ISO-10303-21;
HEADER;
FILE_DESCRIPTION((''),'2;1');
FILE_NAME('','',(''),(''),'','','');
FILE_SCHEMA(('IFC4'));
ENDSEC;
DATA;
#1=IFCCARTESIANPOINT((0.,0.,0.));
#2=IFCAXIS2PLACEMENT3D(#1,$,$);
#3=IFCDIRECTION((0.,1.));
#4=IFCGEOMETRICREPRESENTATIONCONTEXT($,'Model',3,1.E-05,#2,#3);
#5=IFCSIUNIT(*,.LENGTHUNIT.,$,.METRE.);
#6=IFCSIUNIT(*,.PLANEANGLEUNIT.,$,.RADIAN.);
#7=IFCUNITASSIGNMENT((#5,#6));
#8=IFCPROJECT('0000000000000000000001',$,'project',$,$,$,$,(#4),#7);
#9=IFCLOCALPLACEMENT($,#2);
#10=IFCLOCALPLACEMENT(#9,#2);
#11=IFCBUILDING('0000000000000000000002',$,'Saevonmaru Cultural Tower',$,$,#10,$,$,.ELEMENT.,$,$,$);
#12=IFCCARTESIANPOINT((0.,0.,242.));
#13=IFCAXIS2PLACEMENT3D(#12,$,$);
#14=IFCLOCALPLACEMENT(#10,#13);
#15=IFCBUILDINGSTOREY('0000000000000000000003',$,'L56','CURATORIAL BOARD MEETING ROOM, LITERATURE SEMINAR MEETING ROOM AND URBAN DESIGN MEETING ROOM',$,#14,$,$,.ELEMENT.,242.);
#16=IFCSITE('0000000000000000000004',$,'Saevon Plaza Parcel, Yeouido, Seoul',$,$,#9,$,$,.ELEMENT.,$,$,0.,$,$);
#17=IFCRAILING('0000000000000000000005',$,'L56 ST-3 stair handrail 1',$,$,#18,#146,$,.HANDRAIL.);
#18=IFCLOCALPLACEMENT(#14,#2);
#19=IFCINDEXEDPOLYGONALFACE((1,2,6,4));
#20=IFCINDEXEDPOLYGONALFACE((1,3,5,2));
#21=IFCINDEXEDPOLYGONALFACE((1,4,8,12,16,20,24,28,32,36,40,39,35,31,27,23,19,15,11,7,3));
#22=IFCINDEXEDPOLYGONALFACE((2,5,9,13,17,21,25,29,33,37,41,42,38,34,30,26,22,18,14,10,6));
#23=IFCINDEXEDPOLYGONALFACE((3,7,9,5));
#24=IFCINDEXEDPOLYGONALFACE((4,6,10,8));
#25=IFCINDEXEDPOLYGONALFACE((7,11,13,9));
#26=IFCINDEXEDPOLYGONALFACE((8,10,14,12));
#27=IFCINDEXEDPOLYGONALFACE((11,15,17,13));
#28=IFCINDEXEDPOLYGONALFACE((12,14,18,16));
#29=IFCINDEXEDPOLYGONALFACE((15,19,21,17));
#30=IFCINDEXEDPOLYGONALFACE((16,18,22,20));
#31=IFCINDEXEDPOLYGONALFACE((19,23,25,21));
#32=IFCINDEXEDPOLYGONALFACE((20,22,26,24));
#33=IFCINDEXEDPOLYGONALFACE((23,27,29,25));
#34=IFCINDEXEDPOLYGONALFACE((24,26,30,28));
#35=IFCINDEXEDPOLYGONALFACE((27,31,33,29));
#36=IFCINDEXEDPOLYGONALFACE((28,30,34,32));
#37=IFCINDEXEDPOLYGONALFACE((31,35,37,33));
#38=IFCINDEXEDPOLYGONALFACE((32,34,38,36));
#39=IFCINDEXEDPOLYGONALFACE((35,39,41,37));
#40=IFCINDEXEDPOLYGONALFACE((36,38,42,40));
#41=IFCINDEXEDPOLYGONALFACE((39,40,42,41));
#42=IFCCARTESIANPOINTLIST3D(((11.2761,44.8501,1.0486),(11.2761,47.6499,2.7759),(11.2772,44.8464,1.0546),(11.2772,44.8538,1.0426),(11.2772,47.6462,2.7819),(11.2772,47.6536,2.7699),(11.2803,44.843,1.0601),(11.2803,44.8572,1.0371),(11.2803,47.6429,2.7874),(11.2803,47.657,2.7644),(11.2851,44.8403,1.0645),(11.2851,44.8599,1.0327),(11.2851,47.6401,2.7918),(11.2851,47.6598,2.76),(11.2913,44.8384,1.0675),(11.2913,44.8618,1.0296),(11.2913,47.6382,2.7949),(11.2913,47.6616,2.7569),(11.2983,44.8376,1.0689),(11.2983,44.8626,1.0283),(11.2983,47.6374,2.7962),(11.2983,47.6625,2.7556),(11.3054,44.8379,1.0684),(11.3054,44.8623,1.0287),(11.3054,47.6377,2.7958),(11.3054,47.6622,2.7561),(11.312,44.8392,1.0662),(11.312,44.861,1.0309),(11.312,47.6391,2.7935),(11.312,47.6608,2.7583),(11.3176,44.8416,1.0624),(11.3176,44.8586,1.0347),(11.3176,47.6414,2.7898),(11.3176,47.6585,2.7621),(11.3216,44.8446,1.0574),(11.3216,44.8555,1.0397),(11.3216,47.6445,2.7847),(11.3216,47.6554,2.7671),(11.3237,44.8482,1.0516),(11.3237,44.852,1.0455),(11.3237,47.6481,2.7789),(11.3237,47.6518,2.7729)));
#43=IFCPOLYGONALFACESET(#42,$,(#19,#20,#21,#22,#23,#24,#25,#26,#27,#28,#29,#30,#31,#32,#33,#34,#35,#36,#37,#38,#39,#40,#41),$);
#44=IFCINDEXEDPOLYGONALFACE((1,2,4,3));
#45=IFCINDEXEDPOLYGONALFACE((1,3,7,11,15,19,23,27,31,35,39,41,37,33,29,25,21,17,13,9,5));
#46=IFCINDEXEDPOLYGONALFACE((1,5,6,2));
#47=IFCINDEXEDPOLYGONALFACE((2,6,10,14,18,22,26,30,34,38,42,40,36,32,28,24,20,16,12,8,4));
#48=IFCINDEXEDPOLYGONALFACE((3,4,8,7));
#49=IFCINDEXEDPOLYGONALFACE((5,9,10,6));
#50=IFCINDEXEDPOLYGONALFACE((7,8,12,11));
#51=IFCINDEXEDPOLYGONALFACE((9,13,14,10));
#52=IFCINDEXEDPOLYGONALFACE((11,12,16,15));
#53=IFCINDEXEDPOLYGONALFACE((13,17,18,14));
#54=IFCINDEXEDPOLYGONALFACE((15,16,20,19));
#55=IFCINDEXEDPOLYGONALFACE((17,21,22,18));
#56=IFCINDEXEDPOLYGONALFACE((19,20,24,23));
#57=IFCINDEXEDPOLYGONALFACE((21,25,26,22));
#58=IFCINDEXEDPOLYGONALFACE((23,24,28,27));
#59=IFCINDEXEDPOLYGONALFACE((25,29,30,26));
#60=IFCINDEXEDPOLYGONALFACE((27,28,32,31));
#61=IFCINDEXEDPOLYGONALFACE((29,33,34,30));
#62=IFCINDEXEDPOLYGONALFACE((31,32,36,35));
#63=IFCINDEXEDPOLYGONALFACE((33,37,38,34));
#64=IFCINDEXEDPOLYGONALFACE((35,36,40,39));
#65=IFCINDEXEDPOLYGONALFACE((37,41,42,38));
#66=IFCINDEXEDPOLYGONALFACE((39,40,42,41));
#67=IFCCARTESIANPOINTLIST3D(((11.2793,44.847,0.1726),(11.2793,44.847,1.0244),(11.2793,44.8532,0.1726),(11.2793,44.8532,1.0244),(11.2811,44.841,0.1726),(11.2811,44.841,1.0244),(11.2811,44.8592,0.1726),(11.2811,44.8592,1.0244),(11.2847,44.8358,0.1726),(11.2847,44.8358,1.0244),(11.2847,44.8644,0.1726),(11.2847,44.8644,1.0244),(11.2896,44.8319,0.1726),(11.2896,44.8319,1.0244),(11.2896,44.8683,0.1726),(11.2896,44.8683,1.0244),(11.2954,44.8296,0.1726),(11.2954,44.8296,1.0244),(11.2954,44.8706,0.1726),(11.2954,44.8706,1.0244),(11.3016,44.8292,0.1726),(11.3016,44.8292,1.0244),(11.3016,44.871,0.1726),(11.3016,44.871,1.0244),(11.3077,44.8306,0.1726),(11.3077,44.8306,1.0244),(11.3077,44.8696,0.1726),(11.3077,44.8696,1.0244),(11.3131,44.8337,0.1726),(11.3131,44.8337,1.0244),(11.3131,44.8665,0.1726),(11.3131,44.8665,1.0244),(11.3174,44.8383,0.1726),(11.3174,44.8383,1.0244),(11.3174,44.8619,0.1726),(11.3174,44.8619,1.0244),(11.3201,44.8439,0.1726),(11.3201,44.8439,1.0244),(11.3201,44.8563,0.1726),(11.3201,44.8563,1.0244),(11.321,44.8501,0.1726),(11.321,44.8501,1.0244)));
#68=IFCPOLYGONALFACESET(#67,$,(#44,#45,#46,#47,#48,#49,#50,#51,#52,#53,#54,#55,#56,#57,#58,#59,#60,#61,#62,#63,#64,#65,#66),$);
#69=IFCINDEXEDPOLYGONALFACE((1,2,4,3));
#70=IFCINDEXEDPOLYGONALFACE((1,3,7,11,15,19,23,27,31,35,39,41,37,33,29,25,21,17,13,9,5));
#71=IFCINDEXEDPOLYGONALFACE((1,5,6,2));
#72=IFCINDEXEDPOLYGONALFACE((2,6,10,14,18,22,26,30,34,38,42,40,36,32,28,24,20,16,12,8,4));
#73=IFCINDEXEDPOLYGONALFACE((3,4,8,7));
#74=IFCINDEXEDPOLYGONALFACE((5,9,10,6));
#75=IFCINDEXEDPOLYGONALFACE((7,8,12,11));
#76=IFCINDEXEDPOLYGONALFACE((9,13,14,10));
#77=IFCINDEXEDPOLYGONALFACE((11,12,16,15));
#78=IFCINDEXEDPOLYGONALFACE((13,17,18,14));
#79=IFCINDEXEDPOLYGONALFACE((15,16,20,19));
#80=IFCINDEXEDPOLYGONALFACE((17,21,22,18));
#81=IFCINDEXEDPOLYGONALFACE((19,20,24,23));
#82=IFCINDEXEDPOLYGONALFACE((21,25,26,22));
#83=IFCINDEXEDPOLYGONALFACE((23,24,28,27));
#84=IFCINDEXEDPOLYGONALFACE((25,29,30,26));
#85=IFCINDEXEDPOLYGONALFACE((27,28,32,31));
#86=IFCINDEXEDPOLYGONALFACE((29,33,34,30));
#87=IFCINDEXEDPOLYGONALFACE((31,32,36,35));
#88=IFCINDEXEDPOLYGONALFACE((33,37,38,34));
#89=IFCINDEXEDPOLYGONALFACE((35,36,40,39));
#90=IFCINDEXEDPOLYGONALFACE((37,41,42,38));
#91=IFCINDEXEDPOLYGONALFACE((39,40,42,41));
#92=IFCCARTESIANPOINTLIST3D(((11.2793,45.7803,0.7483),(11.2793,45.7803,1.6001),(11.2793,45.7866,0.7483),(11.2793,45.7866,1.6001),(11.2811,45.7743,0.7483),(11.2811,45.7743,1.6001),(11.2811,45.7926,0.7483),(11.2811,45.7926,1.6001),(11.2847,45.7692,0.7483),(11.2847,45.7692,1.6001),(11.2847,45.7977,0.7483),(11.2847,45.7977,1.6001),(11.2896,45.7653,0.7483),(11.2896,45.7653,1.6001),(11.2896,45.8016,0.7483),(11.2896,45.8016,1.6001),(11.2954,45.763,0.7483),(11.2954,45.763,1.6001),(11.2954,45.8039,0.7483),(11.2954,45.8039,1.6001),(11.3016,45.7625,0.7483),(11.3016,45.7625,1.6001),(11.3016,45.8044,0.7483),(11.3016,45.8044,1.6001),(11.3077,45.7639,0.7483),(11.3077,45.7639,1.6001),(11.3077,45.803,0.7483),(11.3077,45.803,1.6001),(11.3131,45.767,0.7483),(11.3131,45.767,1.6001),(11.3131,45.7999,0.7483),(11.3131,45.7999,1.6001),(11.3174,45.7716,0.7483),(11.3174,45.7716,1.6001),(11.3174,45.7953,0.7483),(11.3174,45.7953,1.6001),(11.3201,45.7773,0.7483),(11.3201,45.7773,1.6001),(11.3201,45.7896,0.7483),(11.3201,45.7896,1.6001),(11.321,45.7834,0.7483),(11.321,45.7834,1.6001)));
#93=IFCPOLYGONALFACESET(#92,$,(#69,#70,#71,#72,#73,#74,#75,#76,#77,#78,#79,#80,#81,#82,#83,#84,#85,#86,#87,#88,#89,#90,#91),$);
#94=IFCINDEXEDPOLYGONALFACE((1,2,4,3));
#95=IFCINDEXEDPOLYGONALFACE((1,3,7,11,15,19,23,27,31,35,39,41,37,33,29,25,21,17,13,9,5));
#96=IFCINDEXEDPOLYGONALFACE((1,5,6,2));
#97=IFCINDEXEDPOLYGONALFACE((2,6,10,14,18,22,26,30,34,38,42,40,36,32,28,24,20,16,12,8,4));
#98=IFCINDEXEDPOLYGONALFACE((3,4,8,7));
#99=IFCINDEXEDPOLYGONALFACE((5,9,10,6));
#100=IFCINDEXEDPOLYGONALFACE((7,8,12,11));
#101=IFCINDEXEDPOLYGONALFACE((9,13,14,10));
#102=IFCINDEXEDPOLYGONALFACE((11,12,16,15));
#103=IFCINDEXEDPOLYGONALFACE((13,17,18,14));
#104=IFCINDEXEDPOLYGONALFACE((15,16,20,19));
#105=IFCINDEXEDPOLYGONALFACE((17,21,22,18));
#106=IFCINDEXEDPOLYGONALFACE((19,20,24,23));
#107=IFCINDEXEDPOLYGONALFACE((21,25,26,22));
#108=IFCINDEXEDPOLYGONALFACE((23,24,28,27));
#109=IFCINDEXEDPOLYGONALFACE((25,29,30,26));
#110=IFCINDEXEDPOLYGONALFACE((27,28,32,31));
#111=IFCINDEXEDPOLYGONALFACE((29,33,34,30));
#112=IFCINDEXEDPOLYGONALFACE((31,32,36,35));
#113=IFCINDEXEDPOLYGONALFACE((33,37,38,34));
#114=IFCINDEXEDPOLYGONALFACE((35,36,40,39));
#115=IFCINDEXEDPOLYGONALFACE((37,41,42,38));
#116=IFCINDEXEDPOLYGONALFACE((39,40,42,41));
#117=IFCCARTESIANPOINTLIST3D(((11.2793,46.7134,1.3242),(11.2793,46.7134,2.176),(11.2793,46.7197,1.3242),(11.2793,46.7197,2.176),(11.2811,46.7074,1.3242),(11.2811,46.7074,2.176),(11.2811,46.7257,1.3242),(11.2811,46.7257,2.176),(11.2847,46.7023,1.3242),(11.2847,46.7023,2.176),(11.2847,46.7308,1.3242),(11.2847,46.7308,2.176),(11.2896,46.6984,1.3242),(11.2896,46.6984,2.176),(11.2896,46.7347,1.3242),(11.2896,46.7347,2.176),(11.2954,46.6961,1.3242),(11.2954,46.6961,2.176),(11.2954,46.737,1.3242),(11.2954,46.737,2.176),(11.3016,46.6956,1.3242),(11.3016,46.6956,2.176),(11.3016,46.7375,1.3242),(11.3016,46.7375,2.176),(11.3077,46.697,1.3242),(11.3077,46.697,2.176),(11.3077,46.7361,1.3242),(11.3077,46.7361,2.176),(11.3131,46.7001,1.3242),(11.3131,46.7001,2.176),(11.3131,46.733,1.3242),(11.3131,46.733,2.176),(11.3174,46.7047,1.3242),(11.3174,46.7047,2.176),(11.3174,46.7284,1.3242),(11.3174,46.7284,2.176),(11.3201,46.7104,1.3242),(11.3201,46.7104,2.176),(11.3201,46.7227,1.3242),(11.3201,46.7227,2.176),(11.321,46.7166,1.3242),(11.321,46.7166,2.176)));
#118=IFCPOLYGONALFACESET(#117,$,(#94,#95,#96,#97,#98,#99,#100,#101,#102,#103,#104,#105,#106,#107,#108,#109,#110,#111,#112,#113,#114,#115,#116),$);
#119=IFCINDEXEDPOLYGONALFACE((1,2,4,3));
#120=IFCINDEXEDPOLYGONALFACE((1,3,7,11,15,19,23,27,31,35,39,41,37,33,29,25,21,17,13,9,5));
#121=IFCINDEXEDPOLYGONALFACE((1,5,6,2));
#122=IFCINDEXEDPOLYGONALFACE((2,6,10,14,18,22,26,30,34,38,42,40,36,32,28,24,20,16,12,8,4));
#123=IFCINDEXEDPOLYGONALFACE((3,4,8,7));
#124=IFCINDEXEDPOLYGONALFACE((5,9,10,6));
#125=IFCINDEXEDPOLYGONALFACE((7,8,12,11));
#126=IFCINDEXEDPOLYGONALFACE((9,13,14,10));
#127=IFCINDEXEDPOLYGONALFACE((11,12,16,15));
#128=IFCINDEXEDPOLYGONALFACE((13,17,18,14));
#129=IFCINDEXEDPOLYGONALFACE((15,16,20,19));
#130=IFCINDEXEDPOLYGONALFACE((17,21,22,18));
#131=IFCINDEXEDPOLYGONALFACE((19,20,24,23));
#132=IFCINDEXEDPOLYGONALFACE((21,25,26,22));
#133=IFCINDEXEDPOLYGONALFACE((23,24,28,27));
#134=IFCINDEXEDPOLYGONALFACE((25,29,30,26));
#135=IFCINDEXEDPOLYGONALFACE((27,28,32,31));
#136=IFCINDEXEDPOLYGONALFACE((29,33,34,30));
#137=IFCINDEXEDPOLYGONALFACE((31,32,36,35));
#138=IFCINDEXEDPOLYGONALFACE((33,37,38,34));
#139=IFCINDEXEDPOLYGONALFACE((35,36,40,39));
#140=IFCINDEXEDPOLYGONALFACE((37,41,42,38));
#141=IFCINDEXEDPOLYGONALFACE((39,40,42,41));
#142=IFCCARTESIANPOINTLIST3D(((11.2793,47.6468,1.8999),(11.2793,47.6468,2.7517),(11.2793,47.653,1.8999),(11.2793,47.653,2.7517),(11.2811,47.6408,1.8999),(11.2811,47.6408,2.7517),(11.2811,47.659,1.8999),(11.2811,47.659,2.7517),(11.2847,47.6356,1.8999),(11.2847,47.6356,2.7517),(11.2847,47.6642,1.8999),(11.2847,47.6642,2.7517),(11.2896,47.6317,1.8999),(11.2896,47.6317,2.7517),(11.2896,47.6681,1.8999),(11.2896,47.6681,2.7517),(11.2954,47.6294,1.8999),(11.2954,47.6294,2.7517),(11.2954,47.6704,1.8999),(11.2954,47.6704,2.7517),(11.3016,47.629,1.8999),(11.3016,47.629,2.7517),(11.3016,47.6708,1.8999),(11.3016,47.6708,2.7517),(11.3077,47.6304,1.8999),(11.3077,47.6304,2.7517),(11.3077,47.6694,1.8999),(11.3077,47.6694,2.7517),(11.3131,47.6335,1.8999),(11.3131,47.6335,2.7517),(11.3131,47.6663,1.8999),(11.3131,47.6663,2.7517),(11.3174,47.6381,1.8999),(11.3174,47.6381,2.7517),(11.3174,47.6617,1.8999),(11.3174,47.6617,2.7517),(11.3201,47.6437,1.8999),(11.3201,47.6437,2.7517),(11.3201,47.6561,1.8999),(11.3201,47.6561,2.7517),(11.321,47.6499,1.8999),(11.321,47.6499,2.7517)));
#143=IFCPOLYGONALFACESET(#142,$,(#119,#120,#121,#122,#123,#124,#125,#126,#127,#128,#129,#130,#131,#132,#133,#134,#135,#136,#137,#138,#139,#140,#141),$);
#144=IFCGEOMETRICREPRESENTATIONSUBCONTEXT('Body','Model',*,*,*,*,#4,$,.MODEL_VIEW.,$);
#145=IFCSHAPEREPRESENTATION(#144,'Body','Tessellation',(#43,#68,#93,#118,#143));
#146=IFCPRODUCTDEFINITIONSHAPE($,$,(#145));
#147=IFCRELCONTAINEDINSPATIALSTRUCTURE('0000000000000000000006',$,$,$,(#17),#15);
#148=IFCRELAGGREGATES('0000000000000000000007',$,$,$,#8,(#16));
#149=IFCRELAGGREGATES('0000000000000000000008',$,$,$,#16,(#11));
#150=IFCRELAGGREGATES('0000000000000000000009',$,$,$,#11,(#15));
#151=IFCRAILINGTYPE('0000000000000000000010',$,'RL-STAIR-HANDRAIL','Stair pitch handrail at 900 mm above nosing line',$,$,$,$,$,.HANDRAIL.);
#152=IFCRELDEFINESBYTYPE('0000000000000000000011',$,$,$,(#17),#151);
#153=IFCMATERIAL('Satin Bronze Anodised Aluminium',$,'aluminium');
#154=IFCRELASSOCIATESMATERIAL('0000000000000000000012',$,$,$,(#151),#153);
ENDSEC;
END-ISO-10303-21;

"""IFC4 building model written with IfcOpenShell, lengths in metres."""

from ifc_helpers import new_model, si_unit, direction, frame, origin, origin_2d, place, context, subcontext, project, spatial, circle, extrude, material, type_object, element, save


model = new_model("IFC4")

# Units and contexts
model_context = context("Model", 3, precision=1e-05, world=origin(), true_north=direction((0.0, 1.0)))
body_context = subcontext(model_context, "Body", "Model", "MODEL_VIEW")
ifc_project = project(units=[si_unit("LENGTHUNIT", "METRE"), si_unit("PLANEANGLEUNIT", "RADIAN")], contexts=[model_context])

# Site, building, storey
site_placement = place(None, origin())
site = spatial("IfcSite", under=ifc_project, at=site_placement, Name="Saevon Plaza Parcel, Yeouido, Seoul", CompositionType="ELEMENT", RefElevation=0.0)
building_placement = place(site_placement, origin())
building = spatial("IfcBuilding", under=site, at=building_placement, Name="Saevonmaru Cultural Tower", CompositionType="ELEMENT")
storey_placement = place(building_placement, frame((0.0, 0.0, 242.0)))
storey = spatial("IfcBuildingStorey", under=building, at=storey_placement, Name="L56", Description="CURATORIAL BOARD MEETING ROOM, LITERATURE SEMINAR MEETING ROOM AND URBAN DESIGN MEETING ROOM", CompositionType="ELEMENT", Elevation=242.0)

# Shared definitions
ifc_material_1 = material(Name="Satin Bronze Anodised Aluminium", Category="aluminium")

# Railing
railing_type_1 = type_object("IfcRailingType", Name="RL-STAIR-HANDRAIL", Description="Stair pitch handrail at 900 mm above nosing line", PredefinedType="HANDRAIL", material=ifc_material_1)
railing_1_placement = place(storey_placement, frame((11.3, 44.8501, 0.1726)))
element("IfcRailing", 1, at=railing_1_placement, inside=storey, type_object=railing_type_1, Name="L56 ST-3 stair handrail 1", PredefinedType="HANDRAIL", context=body_context, shape_type="SweptSolid", body=[
    extrude(circle(Radius=0.0239, at=origin_2d()), frame((0.0, 0.0, 0.876), z_axis=(0.0, 0.851069, 0.525054), x_axis=(-1.0, 0.0, 0.0)), (0.0, 0.0, 1.0), 3.2898),
    extrude(circle(Radius=0.021, at=origin_2d()), origin(), (0.0, 0.0, 1.0), 0.8518),
    extrude(circle(Radius=0.021, at=origin_2d()), frame((0.0, 0.9333, 0.5757)), (0.0, 0.0, 1.0), 0.8518),
    extrude(circle(Radius=0.021, at=origin_2d()), frame((0.0, 1.8665, 1.1516)), (0.0, 0.0, 1.0), 0.8518),
    extrude(circle(Radius=0.021, at=origin_2d()), frame((0.0, 2.7998, 1.7273)), (0.0, 0.0, 1.0), 0.8518),
])

save(model, "model.ifc")
